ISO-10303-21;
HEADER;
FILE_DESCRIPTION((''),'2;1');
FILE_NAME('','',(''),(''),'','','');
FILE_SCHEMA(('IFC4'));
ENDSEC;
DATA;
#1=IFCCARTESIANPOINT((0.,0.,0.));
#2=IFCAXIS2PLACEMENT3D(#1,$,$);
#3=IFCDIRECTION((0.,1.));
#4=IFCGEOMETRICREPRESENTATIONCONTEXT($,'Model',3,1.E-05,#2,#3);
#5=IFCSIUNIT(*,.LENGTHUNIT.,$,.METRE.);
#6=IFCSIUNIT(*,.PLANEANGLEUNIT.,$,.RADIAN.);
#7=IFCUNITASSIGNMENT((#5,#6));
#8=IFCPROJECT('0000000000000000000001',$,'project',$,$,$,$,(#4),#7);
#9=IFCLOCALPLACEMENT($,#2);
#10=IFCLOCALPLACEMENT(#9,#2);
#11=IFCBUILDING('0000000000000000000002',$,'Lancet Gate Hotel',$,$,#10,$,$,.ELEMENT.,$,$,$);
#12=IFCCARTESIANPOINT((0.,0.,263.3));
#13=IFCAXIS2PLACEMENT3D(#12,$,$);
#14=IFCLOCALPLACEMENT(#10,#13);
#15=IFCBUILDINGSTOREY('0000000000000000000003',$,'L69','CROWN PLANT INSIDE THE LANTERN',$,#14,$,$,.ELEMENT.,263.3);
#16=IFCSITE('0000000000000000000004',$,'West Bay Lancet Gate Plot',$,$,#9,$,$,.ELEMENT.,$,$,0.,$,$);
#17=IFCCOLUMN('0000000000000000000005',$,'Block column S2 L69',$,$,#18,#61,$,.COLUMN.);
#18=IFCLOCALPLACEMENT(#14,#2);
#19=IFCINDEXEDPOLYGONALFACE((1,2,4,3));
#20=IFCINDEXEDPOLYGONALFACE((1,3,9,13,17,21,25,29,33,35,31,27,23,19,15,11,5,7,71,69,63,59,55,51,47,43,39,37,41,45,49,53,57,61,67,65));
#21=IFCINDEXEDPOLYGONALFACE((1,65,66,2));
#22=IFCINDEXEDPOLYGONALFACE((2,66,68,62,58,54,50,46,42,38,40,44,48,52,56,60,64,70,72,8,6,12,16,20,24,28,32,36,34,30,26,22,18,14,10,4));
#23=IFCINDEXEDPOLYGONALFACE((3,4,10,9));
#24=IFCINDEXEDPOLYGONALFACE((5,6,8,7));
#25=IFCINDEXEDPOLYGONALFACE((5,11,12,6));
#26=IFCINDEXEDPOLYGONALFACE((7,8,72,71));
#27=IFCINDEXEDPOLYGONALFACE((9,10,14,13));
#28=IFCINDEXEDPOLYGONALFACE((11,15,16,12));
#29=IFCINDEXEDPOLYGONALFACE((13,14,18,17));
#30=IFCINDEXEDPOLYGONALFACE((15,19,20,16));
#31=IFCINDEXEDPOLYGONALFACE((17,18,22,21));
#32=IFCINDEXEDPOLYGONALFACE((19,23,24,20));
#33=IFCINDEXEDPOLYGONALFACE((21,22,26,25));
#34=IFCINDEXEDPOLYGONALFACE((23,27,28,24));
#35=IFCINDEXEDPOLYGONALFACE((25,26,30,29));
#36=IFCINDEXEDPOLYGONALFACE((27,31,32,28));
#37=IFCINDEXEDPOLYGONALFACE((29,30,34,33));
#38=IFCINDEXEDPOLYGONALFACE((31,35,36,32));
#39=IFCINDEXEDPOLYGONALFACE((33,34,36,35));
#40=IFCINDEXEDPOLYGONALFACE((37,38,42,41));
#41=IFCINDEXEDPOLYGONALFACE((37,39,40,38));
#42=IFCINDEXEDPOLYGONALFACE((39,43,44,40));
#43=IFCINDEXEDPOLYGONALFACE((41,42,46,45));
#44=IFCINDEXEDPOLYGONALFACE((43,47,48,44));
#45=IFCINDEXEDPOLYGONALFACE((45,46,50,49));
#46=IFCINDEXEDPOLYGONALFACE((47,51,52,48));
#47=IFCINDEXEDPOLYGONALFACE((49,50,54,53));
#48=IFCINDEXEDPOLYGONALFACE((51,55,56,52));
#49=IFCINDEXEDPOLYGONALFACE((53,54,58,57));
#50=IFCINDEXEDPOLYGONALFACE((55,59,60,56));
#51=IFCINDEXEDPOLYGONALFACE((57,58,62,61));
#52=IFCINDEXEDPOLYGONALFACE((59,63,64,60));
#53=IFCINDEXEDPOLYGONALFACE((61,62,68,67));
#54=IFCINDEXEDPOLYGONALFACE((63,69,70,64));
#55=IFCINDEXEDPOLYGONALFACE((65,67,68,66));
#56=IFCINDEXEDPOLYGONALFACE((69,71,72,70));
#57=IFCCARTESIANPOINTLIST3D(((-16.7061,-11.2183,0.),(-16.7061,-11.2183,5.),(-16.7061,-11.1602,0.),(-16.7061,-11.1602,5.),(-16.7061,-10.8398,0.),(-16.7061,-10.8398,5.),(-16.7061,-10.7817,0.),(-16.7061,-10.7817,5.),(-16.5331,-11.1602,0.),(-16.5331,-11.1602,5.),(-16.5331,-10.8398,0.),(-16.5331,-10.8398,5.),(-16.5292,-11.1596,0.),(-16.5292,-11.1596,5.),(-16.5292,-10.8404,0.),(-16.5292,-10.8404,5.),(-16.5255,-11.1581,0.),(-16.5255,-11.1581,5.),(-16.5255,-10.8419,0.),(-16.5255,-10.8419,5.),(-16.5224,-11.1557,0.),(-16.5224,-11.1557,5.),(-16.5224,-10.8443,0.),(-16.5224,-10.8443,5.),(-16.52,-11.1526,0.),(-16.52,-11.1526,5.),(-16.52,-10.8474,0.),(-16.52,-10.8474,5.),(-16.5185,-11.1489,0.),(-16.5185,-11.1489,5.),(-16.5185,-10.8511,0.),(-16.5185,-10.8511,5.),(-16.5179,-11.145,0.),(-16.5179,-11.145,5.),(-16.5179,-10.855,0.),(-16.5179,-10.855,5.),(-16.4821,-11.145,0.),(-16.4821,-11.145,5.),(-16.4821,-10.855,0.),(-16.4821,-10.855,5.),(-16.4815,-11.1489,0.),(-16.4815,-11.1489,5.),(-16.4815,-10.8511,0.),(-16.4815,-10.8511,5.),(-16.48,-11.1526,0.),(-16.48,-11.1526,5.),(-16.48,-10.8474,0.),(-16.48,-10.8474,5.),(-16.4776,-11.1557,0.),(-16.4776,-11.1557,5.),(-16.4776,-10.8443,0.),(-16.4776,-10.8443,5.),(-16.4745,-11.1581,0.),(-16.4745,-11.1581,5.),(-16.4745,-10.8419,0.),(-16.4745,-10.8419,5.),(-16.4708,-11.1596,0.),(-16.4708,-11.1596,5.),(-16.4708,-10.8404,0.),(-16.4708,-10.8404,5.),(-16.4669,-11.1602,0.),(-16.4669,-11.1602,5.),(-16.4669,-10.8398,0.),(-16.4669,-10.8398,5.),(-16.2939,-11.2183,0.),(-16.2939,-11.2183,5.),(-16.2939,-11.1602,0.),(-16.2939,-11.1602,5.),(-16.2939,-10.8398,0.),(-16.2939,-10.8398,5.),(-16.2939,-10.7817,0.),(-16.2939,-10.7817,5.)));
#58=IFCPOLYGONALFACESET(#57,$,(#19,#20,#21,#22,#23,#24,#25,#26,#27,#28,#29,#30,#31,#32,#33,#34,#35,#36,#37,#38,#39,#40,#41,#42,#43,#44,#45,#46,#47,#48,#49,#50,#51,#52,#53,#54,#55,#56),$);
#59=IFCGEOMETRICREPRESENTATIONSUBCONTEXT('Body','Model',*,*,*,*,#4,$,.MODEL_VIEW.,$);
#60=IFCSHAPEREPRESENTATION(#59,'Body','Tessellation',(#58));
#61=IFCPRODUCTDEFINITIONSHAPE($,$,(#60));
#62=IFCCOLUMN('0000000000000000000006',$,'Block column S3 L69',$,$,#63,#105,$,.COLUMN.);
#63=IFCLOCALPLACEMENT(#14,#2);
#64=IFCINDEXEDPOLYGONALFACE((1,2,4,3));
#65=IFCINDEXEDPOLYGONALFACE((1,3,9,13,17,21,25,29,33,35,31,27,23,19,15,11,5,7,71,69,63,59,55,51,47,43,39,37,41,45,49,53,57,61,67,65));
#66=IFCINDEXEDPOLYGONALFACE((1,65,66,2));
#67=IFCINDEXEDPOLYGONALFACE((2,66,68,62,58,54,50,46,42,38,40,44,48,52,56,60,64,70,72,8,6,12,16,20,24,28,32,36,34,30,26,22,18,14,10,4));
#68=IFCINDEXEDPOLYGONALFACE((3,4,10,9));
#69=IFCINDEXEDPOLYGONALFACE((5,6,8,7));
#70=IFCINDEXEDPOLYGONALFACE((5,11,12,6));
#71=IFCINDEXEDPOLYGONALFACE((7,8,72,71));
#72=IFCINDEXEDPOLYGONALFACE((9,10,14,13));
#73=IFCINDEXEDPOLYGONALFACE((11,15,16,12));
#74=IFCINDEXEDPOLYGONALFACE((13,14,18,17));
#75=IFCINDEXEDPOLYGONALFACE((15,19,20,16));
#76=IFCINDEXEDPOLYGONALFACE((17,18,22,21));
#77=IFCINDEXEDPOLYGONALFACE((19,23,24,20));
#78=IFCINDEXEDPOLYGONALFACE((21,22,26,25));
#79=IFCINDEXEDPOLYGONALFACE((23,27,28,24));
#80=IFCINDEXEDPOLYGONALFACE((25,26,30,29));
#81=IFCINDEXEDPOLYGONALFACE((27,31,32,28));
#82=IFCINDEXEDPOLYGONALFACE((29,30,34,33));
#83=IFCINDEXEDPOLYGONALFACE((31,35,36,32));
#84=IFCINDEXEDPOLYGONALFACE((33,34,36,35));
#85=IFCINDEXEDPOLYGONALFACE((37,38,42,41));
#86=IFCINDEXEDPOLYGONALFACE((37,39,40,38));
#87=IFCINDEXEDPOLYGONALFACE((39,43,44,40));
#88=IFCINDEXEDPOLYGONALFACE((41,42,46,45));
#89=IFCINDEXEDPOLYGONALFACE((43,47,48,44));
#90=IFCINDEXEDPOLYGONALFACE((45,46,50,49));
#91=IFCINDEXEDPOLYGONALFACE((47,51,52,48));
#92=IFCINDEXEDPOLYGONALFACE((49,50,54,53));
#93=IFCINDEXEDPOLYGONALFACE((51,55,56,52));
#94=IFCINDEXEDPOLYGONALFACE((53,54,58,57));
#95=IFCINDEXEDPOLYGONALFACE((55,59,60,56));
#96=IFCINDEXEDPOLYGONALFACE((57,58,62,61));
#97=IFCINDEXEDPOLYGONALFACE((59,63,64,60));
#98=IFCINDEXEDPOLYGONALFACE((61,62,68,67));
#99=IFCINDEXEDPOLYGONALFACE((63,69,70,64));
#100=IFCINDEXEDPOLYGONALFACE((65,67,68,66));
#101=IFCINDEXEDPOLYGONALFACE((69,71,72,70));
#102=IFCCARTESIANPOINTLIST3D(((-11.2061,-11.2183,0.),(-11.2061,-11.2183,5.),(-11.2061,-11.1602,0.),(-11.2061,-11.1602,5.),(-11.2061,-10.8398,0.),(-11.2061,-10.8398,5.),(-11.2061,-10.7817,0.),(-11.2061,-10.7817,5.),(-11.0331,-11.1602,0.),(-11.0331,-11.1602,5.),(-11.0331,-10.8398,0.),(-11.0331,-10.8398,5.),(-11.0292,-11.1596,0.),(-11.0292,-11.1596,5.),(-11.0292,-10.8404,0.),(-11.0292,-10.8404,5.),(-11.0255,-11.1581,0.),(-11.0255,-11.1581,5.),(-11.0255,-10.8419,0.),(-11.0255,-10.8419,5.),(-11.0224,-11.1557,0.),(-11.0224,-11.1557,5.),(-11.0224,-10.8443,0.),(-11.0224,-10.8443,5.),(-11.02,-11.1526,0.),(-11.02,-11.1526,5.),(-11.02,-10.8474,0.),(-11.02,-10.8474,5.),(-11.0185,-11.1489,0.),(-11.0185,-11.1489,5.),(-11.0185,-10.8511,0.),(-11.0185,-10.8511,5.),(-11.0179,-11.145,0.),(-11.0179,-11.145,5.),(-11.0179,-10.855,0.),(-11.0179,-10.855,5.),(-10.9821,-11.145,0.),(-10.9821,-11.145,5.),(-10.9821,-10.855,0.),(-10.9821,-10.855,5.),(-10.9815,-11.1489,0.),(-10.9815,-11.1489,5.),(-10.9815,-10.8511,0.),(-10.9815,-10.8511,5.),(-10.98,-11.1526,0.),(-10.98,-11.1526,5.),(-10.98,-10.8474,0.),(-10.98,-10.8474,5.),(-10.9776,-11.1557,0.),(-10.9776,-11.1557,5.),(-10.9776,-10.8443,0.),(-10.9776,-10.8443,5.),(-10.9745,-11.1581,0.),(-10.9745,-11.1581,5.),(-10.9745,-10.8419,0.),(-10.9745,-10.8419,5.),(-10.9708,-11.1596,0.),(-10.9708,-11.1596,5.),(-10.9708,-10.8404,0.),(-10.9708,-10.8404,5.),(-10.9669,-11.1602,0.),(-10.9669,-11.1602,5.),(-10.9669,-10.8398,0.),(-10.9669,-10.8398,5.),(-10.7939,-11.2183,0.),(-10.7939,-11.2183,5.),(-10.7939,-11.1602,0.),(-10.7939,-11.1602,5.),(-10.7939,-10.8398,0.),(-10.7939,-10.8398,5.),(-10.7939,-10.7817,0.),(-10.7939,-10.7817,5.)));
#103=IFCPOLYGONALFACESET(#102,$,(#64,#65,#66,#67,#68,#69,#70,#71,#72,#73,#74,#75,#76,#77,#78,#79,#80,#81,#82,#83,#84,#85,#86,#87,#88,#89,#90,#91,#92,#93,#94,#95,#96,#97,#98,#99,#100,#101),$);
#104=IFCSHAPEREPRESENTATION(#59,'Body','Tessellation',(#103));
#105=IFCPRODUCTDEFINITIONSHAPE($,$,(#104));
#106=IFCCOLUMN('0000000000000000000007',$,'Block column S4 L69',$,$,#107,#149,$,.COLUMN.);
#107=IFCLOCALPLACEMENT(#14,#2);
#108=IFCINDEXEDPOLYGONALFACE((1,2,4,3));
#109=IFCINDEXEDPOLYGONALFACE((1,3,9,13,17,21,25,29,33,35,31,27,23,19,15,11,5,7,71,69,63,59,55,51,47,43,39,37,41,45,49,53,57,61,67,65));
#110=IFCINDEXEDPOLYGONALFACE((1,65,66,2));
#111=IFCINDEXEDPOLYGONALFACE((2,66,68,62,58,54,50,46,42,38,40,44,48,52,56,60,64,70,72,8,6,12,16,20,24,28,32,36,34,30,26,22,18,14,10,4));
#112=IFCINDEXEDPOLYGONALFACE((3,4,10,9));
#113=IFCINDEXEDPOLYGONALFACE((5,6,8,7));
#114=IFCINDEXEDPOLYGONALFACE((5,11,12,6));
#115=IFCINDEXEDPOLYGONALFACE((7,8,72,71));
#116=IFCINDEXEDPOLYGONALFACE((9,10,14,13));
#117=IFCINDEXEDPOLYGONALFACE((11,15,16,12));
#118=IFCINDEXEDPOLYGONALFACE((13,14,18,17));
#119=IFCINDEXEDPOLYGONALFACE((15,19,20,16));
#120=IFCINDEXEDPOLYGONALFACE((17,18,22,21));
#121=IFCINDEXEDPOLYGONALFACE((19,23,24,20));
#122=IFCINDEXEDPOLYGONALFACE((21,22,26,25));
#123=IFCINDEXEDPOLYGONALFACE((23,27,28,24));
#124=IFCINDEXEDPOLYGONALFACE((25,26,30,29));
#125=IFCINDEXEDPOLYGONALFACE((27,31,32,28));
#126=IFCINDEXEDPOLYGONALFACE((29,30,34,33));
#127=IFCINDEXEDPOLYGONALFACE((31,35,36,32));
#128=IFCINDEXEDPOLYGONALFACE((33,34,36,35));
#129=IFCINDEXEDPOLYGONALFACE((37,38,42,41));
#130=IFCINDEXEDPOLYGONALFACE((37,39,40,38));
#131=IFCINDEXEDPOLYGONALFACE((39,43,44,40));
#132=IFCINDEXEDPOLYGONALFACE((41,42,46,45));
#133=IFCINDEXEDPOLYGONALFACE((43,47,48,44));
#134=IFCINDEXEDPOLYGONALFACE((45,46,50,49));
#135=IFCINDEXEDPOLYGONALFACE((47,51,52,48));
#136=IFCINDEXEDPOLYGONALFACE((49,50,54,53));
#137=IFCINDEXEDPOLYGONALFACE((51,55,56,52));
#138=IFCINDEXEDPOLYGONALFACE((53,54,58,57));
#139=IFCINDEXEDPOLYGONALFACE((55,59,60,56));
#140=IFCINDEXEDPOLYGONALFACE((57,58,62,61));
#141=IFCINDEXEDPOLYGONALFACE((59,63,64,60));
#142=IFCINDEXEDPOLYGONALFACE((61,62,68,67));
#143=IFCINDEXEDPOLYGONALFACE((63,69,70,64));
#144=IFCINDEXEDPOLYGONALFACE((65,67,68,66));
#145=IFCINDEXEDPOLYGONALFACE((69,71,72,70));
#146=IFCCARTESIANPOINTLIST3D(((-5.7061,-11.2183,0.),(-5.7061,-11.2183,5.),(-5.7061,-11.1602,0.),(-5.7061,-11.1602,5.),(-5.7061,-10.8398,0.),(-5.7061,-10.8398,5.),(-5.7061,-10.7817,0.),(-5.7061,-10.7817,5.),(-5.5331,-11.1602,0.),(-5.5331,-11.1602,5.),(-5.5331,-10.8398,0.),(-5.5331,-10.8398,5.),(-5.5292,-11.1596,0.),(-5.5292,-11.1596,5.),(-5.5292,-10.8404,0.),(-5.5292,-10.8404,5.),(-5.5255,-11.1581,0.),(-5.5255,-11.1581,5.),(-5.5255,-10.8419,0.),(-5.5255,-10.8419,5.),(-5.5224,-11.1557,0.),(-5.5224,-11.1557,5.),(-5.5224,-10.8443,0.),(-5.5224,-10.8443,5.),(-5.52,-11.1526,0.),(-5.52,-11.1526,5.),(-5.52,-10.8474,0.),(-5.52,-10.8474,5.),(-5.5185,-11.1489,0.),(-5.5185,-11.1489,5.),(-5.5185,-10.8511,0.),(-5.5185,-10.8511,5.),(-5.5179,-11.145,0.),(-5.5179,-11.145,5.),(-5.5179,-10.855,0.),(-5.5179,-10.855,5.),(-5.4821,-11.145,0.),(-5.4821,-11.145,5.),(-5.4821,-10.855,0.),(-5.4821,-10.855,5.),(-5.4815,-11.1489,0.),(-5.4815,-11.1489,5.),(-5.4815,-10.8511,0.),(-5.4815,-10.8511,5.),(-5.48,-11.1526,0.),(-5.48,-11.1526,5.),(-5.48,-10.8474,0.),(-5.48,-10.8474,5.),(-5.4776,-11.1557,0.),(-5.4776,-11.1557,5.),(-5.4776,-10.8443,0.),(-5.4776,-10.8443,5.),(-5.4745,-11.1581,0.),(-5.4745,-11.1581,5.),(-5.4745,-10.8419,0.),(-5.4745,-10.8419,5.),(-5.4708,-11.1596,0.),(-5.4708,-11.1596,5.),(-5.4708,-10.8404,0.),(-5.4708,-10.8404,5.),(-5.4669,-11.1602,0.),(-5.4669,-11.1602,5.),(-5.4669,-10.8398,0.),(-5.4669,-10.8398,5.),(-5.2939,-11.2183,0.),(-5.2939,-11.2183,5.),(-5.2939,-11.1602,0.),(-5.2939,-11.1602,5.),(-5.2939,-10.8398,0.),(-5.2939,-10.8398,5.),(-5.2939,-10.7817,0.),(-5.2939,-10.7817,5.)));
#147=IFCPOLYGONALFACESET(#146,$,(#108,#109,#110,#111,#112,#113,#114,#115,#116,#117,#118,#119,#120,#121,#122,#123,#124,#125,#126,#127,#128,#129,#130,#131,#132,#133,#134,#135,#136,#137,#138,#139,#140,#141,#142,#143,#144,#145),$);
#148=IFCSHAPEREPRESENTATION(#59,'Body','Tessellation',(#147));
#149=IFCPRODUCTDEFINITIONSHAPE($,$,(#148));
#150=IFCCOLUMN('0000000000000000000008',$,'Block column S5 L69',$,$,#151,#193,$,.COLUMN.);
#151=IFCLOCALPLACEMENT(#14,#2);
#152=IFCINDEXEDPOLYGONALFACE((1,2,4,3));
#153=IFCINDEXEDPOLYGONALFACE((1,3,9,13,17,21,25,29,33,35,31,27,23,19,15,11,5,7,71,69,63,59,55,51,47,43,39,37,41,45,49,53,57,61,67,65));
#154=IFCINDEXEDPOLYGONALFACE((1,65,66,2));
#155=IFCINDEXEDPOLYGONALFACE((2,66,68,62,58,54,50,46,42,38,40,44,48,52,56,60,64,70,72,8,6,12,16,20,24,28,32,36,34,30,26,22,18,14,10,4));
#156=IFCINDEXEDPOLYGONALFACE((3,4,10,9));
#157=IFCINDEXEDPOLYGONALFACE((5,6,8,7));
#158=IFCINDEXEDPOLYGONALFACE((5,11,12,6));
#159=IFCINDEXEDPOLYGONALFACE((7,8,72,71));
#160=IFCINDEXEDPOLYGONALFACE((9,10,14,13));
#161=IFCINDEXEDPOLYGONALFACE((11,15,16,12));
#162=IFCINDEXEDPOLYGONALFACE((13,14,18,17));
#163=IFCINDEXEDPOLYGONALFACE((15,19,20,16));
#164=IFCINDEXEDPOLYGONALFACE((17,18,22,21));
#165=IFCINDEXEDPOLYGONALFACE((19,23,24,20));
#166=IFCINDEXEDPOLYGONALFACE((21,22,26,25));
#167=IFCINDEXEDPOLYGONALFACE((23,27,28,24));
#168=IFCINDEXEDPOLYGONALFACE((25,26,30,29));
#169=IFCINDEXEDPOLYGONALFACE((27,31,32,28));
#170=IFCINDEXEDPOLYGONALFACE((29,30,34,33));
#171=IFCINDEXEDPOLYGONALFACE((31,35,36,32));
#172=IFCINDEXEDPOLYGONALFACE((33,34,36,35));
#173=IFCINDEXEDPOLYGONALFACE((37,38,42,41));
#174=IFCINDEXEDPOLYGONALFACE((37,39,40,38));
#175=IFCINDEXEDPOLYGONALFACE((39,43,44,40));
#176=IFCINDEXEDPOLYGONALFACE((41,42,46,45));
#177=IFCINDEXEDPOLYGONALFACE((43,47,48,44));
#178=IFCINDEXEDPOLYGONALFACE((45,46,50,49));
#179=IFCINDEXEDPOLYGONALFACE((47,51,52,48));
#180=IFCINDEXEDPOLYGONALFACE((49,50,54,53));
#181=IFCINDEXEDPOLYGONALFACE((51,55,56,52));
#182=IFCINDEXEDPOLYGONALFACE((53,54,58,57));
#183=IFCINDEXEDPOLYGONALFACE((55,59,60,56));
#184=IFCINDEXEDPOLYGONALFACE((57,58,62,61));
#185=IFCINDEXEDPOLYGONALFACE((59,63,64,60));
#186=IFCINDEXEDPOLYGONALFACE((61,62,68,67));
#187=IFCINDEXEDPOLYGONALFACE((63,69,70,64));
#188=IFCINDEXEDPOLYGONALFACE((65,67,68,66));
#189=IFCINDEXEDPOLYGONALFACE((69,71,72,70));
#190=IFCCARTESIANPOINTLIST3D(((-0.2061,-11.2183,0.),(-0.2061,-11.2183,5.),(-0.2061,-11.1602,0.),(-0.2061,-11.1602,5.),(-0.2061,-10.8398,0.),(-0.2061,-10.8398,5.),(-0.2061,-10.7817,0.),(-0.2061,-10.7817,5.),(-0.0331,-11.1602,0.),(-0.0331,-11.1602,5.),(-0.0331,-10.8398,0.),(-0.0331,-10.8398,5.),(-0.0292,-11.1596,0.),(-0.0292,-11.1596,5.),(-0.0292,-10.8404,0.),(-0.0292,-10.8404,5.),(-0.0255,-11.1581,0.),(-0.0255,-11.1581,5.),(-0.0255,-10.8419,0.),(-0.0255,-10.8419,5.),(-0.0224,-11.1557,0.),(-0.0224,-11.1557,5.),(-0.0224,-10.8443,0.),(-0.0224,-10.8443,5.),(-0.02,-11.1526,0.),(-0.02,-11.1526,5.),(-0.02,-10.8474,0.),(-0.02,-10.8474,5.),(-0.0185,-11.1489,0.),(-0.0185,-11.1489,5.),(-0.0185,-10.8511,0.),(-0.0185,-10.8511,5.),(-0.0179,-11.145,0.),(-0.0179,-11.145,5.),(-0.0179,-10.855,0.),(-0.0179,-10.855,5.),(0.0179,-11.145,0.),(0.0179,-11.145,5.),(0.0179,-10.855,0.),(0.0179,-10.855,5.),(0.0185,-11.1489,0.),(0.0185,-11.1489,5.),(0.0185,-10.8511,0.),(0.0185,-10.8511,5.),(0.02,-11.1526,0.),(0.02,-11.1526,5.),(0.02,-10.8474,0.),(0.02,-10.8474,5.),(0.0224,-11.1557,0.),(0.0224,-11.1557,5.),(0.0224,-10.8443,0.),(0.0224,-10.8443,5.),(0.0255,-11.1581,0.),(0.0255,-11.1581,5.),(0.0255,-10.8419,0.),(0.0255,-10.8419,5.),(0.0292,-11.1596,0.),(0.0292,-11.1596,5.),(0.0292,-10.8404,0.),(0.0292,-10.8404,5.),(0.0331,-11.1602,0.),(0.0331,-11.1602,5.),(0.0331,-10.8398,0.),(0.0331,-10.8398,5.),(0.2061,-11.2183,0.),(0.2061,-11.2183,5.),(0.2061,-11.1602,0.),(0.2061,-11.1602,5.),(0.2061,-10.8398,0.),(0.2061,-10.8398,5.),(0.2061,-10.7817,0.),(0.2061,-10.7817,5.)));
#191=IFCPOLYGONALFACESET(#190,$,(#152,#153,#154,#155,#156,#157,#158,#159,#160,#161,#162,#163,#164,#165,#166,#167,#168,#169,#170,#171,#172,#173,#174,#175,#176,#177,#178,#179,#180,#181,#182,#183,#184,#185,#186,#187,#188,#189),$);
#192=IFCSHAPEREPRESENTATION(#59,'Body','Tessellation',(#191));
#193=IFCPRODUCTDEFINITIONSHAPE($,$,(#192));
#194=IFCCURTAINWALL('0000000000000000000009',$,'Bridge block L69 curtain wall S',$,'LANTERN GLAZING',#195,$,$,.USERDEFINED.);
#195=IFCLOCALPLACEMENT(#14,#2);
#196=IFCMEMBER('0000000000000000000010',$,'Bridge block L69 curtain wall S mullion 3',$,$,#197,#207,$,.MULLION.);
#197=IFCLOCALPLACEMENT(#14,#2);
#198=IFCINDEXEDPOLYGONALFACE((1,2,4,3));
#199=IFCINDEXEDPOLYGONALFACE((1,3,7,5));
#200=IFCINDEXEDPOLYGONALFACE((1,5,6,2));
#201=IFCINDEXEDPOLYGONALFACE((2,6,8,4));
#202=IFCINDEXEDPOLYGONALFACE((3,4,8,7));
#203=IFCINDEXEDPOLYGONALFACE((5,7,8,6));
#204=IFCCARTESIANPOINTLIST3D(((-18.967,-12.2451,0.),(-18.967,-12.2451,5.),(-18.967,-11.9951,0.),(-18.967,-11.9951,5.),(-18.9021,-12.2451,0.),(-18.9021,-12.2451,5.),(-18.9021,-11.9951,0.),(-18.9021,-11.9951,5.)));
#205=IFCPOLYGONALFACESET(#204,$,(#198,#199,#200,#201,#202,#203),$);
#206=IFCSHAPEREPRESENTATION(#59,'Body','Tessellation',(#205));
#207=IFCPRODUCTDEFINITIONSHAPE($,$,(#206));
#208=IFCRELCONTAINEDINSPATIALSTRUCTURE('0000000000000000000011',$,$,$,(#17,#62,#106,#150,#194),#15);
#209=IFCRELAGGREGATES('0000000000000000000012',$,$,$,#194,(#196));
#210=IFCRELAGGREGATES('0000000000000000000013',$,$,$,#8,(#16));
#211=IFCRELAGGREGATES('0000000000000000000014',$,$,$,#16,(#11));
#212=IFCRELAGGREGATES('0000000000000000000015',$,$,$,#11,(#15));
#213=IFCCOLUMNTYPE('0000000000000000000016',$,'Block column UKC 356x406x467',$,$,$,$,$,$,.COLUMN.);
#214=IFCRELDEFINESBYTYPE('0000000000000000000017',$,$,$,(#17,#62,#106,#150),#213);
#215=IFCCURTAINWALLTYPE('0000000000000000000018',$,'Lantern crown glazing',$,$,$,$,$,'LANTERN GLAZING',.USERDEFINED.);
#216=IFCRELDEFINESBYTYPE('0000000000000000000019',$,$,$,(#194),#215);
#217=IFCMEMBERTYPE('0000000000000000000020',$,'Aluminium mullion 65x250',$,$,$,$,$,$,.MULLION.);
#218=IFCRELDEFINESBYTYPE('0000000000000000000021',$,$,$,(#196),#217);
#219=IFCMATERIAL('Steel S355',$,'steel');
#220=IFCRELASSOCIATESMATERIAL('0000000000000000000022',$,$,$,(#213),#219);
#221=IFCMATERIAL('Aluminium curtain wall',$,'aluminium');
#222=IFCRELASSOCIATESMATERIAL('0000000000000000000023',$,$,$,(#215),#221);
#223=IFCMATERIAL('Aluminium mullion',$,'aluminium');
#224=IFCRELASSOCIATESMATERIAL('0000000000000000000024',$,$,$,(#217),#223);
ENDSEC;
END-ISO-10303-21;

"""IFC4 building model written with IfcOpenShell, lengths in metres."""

from ifc_helpers import new_model, si_unit, direction, frame, origin, origin_2d, place, context, subcontext, project, spatial, rectangle, i_section, extrude, material, material_profile, profile_set, type_object, element, aggregate, save


model = new_model("IFC4")

# Units and contexts
model_context = context("Model", 3, precision=1e-05, world=origin(), true_north=direction((0.0, 1.0)))
body_context = subcontext(model_context, "Body", "Model", "MODEL_VIEW")
ifc_project = project(units=[si_unit("LENGTHUNIT", "METRE"), si_unit("PLANEANGLEUNIT", "RADIAN")], contexts=[model_context])

# Site, building, storey
site_placement = place(None, origin())
site = spatial("IfcSite", under=ifc_project, at=site_placement, Name="West Bay Lancet Gate Plot", CompositionType="ELEMENT", RefElevation=0.0)
building_placement = place(site_placement, origin())
building = spatial("IfcBuilding", under=site, at=building_placement, Name="Lancet Gate Hotel", CompositionType="ELEMENT")
storey_placement = place(building_placement, frame((0.0, 0.0, 263.3)))
storey = spatial("IfcBuildingStorey", under=building, at=storey_placement, Name="L69", Description="CROWN PLANT INSIDE THE LANTERN", CompositionType="ELEMENT", Elevation=263.3)

# Columns
ifc_material_1 = material(Name="Steel S355", Category="steel")
ifc_material_profile_1 = material_profile(ifc_material_1, i_section(OverallWidth=0.4121, OverallDepth=0.4365, WebThickness=0.0359, FlangeThickness=0.0581, FilletRadius=0.0151, at=origin_2d()), Name="UKC 356x406x467")
ifc_profile_set_1 = profile_set([ifc_material_profile_1], Name="Steel S355")
column_type = type_object("IfcColumnType", Name="Block column UKC 356x406x467", PredefinedType="COLUMN", material=ifc_profile_set_1)
for number, where, z_axis, x_axis, name in (
    (1, (-16.5, -11.0, 0.0), (0.0, 0.0, 1.0), (1.0, 0.0, 0.0), "Block column S2 L69"),
    (2, (-11.0, -11.0, 0.0), (0.0, 0.0, 1.0), (1.0, 0.0, 0.0), "Block column S3 L69"),
    (3, (-5.5, -11.0, 0.0), (0.0, 0.0, 1.0), (1.0, 0.0, 0.0), "Block column S4 L69"),
    (4, (0.0, -11.0, 0.0), (0.0, 0.0, 1.0), (1.0, 0.0, 0.0), "Block column S5 L69"),
):
    element("IfcColumn", number, at=place(storey_placement, frame(where, z_axis=z_axis, x_axis=x_axis)), inside=storey, type_object=column_type, Name=name, PredefinedType="COLUMN", context=body_context, shape_type="SweptSolid", body=[
        extrude(i_section(OverallWidth=0.4121, OverallDepth=0.4365, WebThickness=0.0359, FlangeThickness=0.0581, FilletRadius=0.0151, at=origin_2d()), origin(), (0.0, 0.0, 1.0), 5.0),
    ])

# Curtain wall, member
ifc_material_2 = material(Name="Aluminium curtain wall", Category="aluminium")
curtain_wall_type = type_object("IfcCurtainWallType", Name="Lantern crown glazing", ElementType="LANTERN GLAZING", PredefinedType="USERDEFINED", material=ifc_material_2)
curtain_wall_placement = place(storey_placement, origin())
curtain_wall = element("IfcCurtainWall", 5, at=curtain_wall_placement, inside=storey, type_object=curtain_wall_type, Name="Bridge block L69 curtain wall S", ObjectType="LANTERN GLAZING", PredefinedType="USERDEFINED")
ifc_material_3 = material(Name="Aluminium mullion", Category="aluminium")
ifc_material_profile_2 = material_profile(ifc_material_3, rectangle(XDim=0.0649, YDim=0.25, at=origin_2d()), Name="MULLION 65x250")
ifc_profile_set_2 = profile_set([ifc_material_profile_2], Name="Aluminium mullion")
member_type_1 = type_object("IfcMemberType", Name="Aluminium mullion 65x250", PredefinedType="MULLION", material=ifc_profile_set_2)
member_1_placement = place(storey_placement, frame((-18.9346, -12.1201, 0.0), z_axis=(0.0, 0.0, 1.0), x_axis=(1.0, 0.0, 0.0)))
member_1 = element("IfcMember", 6, at=member_1_placement, type_object=member_type_1, Name="Bridge block L69 curtain wall S mullion 3", PredefinedType="MULLION", context=body_context, shape_type="SweptSolid", body=[
    extrude(rectangle(XDim=0.0649, YDim=0.25, at=origin_2d()), origin(), (0.0, 0.0, 1.0), 5.0),
])

aggregate(curtain_wall, [member_1])

save(model, "model.ifc")
